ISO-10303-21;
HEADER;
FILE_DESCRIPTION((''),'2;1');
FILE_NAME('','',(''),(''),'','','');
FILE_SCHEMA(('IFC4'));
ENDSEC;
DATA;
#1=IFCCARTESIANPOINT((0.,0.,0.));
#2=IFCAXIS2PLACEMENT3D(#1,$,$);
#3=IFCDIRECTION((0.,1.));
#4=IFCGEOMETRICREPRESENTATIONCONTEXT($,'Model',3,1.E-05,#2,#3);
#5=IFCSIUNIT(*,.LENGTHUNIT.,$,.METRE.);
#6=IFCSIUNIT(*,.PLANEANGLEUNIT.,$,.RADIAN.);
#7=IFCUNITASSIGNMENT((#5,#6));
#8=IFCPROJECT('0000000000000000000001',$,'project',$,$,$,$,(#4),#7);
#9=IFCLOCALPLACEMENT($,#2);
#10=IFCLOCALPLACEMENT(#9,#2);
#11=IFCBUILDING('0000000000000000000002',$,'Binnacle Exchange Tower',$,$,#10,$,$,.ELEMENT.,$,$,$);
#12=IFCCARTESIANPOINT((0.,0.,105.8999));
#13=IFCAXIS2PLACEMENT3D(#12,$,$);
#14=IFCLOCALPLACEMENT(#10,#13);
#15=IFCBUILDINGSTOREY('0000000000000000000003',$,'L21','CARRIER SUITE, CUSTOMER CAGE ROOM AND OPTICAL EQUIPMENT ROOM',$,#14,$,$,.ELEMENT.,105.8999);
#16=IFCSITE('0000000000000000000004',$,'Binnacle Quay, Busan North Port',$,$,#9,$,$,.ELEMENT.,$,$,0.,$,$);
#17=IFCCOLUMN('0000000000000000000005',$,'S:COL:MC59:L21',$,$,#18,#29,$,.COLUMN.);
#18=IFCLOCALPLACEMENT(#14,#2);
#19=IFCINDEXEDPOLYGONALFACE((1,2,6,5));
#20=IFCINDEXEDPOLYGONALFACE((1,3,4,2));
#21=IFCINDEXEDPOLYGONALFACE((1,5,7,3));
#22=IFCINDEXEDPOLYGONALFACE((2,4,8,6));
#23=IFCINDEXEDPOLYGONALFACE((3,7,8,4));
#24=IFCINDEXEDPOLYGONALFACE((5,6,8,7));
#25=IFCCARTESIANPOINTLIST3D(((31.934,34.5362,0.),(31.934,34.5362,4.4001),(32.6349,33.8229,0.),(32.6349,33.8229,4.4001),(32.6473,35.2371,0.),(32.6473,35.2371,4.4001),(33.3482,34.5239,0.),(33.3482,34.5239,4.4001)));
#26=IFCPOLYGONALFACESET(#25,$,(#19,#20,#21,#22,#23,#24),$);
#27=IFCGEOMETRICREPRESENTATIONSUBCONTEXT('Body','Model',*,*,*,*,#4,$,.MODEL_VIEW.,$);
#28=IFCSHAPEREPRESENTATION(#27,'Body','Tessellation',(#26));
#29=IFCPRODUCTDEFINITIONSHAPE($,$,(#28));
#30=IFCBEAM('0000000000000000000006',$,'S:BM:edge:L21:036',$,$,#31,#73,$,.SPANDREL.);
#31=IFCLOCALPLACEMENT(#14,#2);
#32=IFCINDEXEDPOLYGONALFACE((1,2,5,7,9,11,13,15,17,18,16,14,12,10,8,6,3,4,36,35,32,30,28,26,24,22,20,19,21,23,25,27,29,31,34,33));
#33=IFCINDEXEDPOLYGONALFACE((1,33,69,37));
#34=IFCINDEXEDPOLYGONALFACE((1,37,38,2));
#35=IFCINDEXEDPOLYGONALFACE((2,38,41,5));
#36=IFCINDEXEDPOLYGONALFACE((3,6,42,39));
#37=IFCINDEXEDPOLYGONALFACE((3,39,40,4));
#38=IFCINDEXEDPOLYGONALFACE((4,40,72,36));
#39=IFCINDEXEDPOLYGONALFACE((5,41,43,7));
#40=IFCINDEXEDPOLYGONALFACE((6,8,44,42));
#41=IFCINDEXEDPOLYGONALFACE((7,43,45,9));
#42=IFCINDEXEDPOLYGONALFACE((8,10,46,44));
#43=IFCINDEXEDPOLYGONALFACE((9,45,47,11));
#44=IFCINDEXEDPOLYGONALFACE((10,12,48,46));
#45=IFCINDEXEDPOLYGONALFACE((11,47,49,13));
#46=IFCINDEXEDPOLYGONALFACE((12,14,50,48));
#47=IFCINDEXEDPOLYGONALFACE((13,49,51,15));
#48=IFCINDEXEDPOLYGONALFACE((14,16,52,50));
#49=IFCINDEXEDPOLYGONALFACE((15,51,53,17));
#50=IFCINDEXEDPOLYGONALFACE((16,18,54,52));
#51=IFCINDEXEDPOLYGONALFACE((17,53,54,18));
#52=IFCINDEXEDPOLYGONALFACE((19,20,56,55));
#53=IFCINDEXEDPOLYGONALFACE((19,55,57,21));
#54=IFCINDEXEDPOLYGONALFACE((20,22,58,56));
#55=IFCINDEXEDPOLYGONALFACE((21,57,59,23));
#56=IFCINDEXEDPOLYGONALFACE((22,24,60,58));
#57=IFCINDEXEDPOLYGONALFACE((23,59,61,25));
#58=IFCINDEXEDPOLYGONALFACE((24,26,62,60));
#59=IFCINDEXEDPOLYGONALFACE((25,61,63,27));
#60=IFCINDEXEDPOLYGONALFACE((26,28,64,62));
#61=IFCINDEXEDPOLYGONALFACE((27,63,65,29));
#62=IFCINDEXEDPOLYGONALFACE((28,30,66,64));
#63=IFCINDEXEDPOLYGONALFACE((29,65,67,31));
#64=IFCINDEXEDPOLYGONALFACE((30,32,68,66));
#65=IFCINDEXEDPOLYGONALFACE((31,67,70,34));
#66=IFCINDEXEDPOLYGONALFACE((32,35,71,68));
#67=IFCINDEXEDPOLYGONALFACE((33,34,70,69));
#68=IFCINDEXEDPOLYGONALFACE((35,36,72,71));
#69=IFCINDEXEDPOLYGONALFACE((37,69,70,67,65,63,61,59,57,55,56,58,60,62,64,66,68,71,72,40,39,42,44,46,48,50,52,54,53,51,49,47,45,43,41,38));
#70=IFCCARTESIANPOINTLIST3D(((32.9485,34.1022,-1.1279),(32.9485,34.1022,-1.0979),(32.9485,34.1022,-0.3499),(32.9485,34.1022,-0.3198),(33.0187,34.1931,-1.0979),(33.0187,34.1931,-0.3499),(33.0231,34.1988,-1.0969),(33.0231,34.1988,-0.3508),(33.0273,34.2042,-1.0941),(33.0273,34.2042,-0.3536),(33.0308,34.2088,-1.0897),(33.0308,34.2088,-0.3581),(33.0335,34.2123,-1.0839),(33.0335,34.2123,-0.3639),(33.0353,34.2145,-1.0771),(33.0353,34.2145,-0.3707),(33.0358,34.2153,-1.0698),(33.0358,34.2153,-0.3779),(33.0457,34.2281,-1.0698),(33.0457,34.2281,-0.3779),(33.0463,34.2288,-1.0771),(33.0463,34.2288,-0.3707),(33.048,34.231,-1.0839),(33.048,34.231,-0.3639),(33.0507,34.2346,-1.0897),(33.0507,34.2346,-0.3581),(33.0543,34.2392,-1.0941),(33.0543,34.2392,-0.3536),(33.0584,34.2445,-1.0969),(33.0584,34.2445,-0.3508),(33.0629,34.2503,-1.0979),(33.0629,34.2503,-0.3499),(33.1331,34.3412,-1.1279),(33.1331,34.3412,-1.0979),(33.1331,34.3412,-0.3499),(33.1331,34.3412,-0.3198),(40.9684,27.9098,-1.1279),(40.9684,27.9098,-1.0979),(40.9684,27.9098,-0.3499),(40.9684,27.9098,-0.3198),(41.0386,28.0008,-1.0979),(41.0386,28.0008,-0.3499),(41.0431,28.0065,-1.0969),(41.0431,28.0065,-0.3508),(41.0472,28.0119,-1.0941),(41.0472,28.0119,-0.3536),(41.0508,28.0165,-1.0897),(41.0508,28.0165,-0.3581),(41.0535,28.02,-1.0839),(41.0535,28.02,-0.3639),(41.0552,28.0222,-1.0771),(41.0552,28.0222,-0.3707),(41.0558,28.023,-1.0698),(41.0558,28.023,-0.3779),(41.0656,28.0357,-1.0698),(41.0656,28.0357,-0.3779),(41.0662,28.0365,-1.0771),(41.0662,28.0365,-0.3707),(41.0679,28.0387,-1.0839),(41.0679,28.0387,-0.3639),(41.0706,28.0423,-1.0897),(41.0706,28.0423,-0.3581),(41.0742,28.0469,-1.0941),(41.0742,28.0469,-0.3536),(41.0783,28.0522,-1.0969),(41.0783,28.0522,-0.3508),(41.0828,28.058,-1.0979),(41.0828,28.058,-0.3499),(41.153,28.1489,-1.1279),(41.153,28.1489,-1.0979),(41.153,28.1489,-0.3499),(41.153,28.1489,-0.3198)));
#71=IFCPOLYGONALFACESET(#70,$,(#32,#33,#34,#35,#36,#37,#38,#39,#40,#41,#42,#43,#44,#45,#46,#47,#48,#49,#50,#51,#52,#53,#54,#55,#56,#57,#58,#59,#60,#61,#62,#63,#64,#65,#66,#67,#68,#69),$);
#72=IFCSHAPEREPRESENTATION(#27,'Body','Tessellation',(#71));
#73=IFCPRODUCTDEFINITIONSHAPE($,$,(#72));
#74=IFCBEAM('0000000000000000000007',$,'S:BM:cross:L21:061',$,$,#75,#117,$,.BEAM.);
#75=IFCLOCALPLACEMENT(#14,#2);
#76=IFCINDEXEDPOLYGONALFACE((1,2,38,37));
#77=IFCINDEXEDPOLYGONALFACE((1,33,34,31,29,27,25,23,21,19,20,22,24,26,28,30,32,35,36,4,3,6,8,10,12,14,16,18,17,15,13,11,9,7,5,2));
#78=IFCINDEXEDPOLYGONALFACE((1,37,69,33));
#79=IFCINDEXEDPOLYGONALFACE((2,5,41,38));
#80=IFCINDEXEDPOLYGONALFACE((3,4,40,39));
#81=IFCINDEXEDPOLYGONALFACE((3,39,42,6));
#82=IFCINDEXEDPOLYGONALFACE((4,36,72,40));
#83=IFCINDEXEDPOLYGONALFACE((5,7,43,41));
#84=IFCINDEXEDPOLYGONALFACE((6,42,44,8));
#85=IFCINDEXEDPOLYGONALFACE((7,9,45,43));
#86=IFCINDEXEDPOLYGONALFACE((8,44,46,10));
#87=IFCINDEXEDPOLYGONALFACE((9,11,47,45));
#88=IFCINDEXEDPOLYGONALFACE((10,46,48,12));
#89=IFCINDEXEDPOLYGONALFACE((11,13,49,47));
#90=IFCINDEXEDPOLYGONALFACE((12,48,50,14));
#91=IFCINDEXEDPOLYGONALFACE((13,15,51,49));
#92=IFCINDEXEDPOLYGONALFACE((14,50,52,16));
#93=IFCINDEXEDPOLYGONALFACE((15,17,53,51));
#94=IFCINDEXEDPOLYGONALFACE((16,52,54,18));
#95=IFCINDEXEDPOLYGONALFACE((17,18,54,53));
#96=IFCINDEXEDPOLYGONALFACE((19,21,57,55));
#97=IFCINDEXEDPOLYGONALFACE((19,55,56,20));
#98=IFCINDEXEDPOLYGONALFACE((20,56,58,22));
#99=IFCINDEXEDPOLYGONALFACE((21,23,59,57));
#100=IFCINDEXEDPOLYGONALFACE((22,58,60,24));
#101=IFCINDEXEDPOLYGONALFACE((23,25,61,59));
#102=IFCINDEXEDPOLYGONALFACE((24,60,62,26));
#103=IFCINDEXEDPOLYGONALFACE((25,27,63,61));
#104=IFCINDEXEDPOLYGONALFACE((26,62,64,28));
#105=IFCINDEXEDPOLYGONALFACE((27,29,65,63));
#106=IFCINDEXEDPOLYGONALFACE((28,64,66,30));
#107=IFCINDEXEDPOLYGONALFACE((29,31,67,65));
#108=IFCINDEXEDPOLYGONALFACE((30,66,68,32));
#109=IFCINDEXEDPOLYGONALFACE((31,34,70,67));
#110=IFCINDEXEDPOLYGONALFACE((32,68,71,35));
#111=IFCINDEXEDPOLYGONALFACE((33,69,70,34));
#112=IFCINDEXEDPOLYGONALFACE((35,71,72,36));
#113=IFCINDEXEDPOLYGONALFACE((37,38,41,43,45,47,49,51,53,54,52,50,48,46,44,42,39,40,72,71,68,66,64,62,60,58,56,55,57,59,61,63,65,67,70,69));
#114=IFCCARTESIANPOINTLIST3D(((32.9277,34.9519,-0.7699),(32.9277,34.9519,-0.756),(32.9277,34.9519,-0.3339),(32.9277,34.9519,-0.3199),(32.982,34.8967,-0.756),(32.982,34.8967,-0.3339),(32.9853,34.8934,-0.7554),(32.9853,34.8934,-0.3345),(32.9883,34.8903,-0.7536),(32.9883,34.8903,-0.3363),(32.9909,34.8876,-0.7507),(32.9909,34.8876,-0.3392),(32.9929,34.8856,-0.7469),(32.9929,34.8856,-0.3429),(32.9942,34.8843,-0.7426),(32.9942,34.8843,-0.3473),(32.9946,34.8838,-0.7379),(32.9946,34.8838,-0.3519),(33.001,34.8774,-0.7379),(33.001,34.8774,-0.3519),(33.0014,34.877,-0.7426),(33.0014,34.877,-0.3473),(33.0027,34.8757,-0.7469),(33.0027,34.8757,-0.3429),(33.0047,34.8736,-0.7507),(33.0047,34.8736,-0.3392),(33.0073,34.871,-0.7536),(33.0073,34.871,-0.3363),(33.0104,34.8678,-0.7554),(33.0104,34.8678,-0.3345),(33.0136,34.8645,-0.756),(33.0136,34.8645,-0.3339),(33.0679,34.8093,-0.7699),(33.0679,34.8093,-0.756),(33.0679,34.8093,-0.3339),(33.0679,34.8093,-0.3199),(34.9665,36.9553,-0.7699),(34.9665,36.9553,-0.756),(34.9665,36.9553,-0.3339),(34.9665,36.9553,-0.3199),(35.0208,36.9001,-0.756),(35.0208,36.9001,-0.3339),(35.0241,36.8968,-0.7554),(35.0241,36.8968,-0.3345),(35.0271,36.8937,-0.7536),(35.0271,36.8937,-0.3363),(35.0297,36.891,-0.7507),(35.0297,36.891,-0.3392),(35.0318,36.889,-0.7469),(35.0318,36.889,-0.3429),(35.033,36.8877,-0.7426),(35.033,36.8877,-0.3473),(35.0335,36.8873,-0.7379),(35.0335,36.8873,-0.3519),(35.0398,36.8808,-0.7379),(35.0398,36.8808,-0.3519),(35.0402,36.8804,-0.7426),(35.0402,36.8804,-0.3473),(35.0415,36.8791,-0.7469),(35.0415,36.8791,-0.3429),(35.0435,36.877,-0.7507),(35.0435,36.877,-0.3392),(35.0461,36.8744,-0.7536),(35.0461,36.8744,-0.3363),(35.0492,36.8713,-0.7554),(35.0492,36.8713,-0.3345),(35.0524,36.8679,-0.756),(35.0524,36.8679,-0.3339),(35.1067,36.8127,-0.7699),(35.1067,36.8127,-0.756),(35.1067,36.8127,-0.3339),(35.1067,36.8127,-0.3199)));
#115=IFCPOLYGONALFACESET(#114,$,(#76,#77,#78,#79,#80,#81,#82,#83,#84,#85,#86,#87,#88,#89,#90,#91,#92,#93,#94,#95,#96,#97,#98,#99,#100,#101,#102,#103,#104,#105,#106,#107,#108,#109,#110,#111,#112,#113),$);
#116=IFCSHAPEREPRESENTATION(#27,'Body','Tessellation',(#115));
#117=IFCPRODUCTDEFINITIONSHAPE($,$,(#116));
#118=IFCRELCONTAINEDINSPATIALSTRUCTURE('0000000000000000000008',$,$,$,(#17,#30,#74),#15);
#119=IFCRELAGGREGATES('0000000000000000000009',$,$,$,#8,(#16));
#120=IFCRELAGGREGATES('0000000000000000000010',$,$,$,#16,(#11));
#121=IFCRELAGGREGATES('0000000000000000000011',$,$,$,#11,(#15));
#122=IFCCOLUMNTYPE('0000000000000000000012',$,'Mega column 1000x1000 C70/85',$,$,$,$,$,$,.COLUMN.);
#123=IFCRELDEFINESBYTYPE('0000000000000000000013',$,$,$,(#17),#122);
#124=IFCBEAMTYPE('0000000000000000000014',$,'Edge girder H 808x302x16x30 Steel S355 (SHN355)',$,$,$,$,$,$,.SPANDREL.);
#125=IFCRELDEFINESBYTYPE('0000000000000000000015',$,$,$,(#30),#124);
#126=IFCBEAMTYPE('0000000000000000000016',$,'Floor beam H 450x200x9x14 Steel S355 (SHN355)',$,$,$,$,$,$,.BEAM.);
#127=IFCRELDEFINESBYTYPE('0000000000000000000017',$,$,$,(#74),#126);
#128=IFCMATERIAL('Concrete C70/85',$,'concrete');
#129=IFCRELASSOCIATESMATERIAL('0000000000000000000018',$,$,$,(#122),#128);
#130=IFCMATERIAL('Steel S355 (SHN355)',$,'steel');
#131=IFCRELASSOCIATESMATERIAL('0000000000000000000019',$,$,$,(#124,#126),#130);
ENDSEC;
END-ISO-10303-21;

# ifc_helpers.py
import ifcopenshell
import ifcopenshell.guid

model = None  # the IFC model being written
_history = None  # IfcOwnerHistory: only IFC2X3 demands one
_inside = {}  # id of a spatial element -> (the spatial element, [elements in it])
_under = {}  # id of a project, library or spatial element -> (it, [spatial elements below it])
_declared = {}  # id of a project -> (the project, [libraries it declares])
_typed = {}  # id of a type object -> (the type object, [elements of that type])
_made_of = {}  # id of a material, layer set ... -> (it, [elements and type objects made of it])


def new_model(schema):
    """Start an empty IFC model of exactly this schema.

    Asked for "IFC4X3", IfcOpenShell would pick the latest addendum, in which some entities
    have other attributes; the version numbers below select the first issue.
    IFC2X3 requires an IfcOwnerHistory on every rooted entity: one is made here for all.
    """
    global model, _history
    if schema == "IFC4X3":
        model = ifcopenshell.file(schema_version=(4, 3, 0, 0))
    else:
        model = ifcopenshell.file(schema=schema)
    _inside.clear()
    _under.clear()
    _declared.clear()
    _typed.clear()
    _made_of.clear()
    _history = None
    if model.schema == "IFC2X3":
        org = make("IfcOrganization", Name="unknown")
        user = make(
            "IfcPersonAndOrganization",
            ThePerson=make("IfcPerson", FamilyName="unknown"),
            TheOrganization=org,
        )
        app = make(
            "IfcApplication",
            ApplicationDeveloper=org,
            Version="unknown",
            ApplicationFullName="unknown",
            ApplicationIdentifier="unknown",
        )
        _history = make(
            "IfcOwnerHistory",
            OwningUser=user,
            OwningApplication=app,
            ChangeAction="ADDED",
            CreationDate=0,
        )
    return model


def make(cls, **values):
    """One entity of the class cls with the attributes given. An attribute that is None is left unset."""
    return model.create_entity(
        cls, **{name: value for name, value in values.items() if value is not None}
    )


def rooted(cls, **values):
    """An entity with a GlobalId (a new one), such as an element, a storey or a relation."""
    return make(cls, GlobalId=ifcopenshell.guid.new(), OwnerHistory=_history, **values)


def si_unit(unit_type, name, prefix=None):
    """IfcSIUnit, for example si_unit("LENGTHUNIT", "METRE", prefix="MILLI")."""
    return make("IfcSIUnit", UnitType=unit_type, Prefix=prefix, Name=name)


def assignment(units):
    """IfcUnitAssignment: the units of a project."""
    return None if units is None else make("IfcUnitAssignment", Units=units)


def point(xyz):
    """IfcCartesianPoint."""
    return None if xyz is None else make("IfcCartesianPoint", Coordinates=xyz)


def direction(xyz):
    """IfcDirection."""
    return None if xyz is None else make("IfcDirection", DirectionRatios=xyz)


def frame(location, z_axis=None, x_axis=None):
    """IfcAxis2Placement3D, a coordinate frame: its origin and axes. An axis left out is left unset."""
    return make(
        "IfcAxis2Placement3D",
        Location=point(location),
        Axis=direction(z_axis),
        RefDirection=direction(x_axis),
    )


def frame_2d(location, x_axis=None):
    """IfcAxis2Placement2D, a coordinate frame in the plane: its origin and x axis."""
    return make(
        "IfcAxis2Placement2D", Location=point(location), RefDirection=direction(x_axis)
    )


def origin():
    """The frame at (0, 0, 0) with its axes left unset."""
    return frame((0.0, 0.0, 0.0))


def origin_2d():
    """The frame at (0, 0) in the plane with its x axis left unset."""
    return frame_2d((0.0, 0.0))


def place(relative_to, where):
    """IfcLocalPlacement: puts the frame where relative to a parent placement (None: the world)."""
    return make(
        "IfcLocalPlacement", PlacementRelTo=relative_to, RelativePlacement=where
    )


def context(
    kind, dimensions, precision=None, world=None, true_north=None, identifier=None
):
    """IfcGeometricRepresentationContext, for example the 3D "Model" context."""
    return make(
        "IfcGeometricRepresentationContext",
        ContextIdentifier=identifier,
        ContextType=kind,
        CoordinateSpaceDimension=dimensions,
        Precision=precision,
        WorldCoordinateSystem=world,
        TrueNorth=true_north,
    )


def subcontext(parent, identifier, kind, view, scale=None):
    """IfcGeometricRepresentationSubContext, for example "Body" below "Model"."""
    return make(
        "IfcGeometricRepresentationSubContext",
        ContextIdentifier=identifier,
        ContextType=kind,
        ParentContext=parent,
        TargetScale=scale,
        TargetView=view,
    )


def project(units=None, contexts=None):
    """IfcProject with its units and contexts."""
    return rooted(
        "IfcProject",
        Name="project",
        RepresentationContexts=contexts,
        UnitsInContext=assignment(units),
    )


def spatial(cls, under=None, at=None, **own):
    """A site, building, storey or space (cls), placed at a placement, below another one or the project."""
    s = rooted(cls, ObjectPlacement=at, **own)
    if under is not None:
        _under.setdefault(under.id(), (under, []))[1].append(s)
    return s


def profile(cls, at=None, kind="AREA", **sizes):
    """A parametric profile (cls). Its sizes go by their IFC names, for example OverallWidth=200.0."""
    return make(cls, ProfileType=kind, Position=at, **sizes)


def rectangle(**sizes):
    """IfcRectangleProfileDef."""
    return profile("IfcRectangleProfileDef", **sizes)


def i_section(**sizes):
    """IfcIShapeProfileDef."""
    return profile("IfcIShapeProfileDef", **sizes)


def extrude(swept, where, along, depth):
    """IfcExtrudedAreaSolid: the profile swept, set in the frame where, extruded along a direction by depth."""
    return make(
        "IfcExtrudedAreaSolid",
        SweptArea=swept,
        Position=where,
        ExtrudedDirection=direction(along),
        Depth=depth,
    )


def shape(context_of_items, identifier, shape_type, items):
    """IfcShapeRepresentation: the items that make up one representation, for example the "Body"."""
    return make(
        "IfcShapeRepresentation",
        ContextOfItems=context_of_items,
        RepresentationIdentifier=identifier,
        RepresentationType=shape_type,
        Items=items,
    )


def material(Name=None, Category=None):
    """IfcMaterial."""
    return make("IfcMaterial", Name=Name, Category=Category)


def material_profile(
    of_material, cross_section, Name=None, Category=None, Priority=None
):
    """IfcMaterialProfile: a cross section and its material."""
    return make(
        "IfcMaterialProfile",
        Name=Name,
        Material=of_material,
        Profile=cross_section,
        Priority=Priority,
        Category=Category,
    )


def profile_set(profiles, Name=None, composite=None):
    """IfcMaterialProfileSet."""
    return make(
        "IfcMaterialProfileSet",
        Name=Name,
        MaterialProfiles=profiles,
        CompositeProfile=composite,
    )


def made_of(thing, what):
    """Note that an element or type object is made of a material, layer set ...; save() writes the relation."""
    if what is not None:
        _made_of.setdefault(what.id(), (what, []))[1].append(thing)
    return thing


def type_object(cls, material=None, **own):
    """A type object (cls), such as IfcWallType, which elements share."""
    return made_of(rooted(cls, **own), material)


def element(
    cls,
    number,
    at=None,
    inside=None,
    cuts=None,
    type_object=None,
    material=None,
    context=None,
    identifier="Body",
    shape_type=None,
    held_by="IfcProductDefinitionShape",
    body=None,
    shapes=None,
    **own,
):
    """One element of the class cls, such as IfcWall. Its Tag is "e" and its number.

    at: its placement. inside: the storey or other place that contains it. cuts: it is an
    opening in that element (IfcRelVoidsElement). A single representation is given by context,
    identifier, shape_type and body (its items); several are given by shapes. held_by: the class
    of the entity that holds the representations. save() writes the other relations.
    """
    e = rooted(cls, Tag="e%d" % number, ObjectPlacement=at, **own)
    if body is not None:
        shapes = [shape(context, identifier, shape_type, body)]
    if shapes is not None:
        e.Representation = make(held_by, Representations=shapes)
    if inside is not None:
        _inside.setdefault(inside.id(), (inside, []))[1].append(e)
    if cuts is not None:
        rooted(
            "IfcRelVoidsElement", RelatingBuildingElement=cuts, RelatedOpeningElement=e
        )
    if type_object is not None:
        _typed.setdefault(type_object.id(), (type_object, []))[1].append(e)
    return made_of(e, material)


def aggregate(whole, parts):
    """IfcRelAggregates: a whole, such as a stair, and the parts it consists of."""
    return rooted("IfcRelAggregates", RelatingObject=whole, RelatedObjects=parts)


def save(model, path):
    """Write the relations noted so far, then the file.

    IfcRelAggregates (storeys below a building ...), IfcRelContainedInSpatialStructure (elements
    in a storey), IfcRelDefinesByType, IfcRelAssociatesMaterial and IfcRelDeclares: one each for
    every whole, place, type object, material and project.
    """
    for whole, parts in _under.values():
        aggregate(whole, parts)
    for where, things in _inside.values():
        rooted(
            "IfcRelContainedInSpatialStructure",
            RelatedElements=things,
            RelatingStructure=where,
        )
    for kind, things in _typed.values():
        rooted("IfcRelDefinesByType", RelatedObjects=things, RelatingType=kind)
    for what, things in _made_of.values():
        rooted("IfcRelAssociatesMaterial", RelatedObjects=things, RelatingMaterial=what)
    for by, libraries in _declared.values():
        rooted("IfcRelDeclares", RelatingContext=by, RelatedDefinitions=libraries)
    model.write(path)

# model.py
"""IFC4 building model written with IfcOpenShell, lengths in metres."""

from ifc_helpers import new_model, si_unit, direction, frame, origin, origin_2d, place, context, subcontext, project, spatial, rectangle, i_section, extrude, material, material_profile, profile_set, type_object, element, save


model = new_model("IFC4")

# Units and contexts
model_context = context("Model", 3, precision=1e-05, world=origin(), true_north=direction((0.0, 1.0)))
body_context = subcontext(model_context, "Body", "Model", "MODEL_VIEW")
ifc_project = project(units=[si_unit("LENGTHUNIT", "METRE"), si_unit("PLANEANGLEUNIT", "RADIAN")], contexts=[model_context])

# Site, building, storey
site_placement = place(None, origin())
site = spatial("IfcSite", under=ifc_project, at=site_placement, Name="Binnacle Quay, Busan North Port", CompositionType="ELEMENT", RefElevation=0.0)
building_placement = place(site_placement, origin())
building = spatial("IfcBuilding", under=site, at=building_placement, Name="Binnacle Exchange Tower", CompositionType="ELEMENT")
storey_placement = place(building_placement, frame((0.0, 0.0, 105.8999)))
storey = spatial("IfcBuildingStorey", under=building, at=storey_placement, Name="L21", Description="CARRIER SUITE, CUSTOMER CAGE ROOM AND OPTICAL EQUIPMENT ROOM", CompositionType="ELEMENT", Elevation=105.8999)

# Column
ifc_material_1 = material(Name="Concrete C70/85", Category="concrete")
ifc_material_profile_1 = material_profile(ifc_material_1, rectangle(XDim=1.0, YDim=1.0, at=origin_2d()), Name="Mega column 1000x1000 C70/85")
ifc_profile_set_1 = profile_set([ifc_material_profile_1], Name="Concrete C70/85")
column_type = type_object("IfcColumnType", Name="Mega column 1000x1000 C70/85", PredefinedType="COLUMN", material=ifc_profile_set_1)
column_placement = place(storey_placement, frame((32.6411, 34.53, 0.0), z_axis=(0.0, 0.0, 1.0), x_axis=(0.700909, -0.71325, 0.0)))
element("IfcColumn", 1, at=column_placement, inside=storey, type_object=column_type, Name="S:COL:MC59:L21", PredefinedType="COLUMN", context=body_context, shape_type="SweptSolid", body=[
    extrude(rectangle(XDim=1.0, YDim=1.0, at=origin_2d()), origin(), (0.0, 0.0, 1.0), 4.4001),
])

# Beams
ifc_material_2 = material(Name="Steel S355 (SHN355)", Category="steel")
ifc_material_profile_2 = material_profile(ifc_material_2, i_section(OverallWidth=0.302, OverallDepth=0.8081, WebThickness=0.0161, FlangeThickness=0.03, FilletRadius=0.0281, at=origin_2d()), Name="H 808x302x16x30")
ifc_profile_set_2 = profile_set([ifc_material_profile_2], Name="Steel S355 (SHN355)")
beam_type_1 = type_object("IfcBeamType", Name="Edge girder H 808x302x16x30 Steel S355 (SHN355)", PredefinedType="SPANDREL", material=ifc_profile_set_2)
beam_1_placement = place(storey_placement, frame((33.0408, 34.2217, -0.7239), z_axis=(0.791519, -0.611144, 0.0), x_axis=(0.611144, 0.791519, 0.0)))
element("IfcBeam", 2, at=beam_1_placement, inside=storey, type_object=beam_type_1, Name="S:BM:edge:L21:036", PredefinedType="SPANDREL", context=body_context, shape_type="SweptSolid", body=[
    extrude(i_section(OverallWidth=0.302, OverallDepth=0.8081, WebThickness=0.0161, FlangeThickness=0.03, FilletRadius=0.0281, at=origin_2d()), origin(), (0.0, 0.0, 1.0), 10.1323),
])
ifc_material_profile_3 = material_profile(ifc_material_2, i_section(OverallWidth=0.2, OverallDepth=0.45, WebThickness=0.009, FlangeThickness=0.0139, FilletRadius=0.0181, at=origin_2d()), Name="H 450x200x9x14")
ifc_profile_set_3 = profile_set([ifc_material_profile_3], Name="Steel S355 (SHN355)")
beam_type_2 = type_object("IfcBeamType", Name="Floor beam H 450x200x9x14 Steel S355 (SHN355)", PredefinedType="BEAM", material=ifc_profile_set_3)
beam_2_placement = place(storey_placement, frame((32.9978, 34.8806, -0.5449), z_axis=(0.713272, 0.700887, 0.0), x_axis=(-0.700887, 0.713272, 0.0)))
element("IfcBeam", 3, at=beam_2_placement, inside=storey, type_object=beam_type_2, Name="S:BM:cross:L21:061", PredefinedType="BEAM", context=body_context, shape_type="SweptSolid", body=[
    extrude(i_section(OverallWidth=0.2, OverallDepth=0.45, WebThickness=0.009, FlangeThickness=0.0139, FilletRadius=0.0181, at=origin_2d()), origin(), (0.0, 0.0, 1.0), 2.8584),
])

save(model, "model.ifc")
